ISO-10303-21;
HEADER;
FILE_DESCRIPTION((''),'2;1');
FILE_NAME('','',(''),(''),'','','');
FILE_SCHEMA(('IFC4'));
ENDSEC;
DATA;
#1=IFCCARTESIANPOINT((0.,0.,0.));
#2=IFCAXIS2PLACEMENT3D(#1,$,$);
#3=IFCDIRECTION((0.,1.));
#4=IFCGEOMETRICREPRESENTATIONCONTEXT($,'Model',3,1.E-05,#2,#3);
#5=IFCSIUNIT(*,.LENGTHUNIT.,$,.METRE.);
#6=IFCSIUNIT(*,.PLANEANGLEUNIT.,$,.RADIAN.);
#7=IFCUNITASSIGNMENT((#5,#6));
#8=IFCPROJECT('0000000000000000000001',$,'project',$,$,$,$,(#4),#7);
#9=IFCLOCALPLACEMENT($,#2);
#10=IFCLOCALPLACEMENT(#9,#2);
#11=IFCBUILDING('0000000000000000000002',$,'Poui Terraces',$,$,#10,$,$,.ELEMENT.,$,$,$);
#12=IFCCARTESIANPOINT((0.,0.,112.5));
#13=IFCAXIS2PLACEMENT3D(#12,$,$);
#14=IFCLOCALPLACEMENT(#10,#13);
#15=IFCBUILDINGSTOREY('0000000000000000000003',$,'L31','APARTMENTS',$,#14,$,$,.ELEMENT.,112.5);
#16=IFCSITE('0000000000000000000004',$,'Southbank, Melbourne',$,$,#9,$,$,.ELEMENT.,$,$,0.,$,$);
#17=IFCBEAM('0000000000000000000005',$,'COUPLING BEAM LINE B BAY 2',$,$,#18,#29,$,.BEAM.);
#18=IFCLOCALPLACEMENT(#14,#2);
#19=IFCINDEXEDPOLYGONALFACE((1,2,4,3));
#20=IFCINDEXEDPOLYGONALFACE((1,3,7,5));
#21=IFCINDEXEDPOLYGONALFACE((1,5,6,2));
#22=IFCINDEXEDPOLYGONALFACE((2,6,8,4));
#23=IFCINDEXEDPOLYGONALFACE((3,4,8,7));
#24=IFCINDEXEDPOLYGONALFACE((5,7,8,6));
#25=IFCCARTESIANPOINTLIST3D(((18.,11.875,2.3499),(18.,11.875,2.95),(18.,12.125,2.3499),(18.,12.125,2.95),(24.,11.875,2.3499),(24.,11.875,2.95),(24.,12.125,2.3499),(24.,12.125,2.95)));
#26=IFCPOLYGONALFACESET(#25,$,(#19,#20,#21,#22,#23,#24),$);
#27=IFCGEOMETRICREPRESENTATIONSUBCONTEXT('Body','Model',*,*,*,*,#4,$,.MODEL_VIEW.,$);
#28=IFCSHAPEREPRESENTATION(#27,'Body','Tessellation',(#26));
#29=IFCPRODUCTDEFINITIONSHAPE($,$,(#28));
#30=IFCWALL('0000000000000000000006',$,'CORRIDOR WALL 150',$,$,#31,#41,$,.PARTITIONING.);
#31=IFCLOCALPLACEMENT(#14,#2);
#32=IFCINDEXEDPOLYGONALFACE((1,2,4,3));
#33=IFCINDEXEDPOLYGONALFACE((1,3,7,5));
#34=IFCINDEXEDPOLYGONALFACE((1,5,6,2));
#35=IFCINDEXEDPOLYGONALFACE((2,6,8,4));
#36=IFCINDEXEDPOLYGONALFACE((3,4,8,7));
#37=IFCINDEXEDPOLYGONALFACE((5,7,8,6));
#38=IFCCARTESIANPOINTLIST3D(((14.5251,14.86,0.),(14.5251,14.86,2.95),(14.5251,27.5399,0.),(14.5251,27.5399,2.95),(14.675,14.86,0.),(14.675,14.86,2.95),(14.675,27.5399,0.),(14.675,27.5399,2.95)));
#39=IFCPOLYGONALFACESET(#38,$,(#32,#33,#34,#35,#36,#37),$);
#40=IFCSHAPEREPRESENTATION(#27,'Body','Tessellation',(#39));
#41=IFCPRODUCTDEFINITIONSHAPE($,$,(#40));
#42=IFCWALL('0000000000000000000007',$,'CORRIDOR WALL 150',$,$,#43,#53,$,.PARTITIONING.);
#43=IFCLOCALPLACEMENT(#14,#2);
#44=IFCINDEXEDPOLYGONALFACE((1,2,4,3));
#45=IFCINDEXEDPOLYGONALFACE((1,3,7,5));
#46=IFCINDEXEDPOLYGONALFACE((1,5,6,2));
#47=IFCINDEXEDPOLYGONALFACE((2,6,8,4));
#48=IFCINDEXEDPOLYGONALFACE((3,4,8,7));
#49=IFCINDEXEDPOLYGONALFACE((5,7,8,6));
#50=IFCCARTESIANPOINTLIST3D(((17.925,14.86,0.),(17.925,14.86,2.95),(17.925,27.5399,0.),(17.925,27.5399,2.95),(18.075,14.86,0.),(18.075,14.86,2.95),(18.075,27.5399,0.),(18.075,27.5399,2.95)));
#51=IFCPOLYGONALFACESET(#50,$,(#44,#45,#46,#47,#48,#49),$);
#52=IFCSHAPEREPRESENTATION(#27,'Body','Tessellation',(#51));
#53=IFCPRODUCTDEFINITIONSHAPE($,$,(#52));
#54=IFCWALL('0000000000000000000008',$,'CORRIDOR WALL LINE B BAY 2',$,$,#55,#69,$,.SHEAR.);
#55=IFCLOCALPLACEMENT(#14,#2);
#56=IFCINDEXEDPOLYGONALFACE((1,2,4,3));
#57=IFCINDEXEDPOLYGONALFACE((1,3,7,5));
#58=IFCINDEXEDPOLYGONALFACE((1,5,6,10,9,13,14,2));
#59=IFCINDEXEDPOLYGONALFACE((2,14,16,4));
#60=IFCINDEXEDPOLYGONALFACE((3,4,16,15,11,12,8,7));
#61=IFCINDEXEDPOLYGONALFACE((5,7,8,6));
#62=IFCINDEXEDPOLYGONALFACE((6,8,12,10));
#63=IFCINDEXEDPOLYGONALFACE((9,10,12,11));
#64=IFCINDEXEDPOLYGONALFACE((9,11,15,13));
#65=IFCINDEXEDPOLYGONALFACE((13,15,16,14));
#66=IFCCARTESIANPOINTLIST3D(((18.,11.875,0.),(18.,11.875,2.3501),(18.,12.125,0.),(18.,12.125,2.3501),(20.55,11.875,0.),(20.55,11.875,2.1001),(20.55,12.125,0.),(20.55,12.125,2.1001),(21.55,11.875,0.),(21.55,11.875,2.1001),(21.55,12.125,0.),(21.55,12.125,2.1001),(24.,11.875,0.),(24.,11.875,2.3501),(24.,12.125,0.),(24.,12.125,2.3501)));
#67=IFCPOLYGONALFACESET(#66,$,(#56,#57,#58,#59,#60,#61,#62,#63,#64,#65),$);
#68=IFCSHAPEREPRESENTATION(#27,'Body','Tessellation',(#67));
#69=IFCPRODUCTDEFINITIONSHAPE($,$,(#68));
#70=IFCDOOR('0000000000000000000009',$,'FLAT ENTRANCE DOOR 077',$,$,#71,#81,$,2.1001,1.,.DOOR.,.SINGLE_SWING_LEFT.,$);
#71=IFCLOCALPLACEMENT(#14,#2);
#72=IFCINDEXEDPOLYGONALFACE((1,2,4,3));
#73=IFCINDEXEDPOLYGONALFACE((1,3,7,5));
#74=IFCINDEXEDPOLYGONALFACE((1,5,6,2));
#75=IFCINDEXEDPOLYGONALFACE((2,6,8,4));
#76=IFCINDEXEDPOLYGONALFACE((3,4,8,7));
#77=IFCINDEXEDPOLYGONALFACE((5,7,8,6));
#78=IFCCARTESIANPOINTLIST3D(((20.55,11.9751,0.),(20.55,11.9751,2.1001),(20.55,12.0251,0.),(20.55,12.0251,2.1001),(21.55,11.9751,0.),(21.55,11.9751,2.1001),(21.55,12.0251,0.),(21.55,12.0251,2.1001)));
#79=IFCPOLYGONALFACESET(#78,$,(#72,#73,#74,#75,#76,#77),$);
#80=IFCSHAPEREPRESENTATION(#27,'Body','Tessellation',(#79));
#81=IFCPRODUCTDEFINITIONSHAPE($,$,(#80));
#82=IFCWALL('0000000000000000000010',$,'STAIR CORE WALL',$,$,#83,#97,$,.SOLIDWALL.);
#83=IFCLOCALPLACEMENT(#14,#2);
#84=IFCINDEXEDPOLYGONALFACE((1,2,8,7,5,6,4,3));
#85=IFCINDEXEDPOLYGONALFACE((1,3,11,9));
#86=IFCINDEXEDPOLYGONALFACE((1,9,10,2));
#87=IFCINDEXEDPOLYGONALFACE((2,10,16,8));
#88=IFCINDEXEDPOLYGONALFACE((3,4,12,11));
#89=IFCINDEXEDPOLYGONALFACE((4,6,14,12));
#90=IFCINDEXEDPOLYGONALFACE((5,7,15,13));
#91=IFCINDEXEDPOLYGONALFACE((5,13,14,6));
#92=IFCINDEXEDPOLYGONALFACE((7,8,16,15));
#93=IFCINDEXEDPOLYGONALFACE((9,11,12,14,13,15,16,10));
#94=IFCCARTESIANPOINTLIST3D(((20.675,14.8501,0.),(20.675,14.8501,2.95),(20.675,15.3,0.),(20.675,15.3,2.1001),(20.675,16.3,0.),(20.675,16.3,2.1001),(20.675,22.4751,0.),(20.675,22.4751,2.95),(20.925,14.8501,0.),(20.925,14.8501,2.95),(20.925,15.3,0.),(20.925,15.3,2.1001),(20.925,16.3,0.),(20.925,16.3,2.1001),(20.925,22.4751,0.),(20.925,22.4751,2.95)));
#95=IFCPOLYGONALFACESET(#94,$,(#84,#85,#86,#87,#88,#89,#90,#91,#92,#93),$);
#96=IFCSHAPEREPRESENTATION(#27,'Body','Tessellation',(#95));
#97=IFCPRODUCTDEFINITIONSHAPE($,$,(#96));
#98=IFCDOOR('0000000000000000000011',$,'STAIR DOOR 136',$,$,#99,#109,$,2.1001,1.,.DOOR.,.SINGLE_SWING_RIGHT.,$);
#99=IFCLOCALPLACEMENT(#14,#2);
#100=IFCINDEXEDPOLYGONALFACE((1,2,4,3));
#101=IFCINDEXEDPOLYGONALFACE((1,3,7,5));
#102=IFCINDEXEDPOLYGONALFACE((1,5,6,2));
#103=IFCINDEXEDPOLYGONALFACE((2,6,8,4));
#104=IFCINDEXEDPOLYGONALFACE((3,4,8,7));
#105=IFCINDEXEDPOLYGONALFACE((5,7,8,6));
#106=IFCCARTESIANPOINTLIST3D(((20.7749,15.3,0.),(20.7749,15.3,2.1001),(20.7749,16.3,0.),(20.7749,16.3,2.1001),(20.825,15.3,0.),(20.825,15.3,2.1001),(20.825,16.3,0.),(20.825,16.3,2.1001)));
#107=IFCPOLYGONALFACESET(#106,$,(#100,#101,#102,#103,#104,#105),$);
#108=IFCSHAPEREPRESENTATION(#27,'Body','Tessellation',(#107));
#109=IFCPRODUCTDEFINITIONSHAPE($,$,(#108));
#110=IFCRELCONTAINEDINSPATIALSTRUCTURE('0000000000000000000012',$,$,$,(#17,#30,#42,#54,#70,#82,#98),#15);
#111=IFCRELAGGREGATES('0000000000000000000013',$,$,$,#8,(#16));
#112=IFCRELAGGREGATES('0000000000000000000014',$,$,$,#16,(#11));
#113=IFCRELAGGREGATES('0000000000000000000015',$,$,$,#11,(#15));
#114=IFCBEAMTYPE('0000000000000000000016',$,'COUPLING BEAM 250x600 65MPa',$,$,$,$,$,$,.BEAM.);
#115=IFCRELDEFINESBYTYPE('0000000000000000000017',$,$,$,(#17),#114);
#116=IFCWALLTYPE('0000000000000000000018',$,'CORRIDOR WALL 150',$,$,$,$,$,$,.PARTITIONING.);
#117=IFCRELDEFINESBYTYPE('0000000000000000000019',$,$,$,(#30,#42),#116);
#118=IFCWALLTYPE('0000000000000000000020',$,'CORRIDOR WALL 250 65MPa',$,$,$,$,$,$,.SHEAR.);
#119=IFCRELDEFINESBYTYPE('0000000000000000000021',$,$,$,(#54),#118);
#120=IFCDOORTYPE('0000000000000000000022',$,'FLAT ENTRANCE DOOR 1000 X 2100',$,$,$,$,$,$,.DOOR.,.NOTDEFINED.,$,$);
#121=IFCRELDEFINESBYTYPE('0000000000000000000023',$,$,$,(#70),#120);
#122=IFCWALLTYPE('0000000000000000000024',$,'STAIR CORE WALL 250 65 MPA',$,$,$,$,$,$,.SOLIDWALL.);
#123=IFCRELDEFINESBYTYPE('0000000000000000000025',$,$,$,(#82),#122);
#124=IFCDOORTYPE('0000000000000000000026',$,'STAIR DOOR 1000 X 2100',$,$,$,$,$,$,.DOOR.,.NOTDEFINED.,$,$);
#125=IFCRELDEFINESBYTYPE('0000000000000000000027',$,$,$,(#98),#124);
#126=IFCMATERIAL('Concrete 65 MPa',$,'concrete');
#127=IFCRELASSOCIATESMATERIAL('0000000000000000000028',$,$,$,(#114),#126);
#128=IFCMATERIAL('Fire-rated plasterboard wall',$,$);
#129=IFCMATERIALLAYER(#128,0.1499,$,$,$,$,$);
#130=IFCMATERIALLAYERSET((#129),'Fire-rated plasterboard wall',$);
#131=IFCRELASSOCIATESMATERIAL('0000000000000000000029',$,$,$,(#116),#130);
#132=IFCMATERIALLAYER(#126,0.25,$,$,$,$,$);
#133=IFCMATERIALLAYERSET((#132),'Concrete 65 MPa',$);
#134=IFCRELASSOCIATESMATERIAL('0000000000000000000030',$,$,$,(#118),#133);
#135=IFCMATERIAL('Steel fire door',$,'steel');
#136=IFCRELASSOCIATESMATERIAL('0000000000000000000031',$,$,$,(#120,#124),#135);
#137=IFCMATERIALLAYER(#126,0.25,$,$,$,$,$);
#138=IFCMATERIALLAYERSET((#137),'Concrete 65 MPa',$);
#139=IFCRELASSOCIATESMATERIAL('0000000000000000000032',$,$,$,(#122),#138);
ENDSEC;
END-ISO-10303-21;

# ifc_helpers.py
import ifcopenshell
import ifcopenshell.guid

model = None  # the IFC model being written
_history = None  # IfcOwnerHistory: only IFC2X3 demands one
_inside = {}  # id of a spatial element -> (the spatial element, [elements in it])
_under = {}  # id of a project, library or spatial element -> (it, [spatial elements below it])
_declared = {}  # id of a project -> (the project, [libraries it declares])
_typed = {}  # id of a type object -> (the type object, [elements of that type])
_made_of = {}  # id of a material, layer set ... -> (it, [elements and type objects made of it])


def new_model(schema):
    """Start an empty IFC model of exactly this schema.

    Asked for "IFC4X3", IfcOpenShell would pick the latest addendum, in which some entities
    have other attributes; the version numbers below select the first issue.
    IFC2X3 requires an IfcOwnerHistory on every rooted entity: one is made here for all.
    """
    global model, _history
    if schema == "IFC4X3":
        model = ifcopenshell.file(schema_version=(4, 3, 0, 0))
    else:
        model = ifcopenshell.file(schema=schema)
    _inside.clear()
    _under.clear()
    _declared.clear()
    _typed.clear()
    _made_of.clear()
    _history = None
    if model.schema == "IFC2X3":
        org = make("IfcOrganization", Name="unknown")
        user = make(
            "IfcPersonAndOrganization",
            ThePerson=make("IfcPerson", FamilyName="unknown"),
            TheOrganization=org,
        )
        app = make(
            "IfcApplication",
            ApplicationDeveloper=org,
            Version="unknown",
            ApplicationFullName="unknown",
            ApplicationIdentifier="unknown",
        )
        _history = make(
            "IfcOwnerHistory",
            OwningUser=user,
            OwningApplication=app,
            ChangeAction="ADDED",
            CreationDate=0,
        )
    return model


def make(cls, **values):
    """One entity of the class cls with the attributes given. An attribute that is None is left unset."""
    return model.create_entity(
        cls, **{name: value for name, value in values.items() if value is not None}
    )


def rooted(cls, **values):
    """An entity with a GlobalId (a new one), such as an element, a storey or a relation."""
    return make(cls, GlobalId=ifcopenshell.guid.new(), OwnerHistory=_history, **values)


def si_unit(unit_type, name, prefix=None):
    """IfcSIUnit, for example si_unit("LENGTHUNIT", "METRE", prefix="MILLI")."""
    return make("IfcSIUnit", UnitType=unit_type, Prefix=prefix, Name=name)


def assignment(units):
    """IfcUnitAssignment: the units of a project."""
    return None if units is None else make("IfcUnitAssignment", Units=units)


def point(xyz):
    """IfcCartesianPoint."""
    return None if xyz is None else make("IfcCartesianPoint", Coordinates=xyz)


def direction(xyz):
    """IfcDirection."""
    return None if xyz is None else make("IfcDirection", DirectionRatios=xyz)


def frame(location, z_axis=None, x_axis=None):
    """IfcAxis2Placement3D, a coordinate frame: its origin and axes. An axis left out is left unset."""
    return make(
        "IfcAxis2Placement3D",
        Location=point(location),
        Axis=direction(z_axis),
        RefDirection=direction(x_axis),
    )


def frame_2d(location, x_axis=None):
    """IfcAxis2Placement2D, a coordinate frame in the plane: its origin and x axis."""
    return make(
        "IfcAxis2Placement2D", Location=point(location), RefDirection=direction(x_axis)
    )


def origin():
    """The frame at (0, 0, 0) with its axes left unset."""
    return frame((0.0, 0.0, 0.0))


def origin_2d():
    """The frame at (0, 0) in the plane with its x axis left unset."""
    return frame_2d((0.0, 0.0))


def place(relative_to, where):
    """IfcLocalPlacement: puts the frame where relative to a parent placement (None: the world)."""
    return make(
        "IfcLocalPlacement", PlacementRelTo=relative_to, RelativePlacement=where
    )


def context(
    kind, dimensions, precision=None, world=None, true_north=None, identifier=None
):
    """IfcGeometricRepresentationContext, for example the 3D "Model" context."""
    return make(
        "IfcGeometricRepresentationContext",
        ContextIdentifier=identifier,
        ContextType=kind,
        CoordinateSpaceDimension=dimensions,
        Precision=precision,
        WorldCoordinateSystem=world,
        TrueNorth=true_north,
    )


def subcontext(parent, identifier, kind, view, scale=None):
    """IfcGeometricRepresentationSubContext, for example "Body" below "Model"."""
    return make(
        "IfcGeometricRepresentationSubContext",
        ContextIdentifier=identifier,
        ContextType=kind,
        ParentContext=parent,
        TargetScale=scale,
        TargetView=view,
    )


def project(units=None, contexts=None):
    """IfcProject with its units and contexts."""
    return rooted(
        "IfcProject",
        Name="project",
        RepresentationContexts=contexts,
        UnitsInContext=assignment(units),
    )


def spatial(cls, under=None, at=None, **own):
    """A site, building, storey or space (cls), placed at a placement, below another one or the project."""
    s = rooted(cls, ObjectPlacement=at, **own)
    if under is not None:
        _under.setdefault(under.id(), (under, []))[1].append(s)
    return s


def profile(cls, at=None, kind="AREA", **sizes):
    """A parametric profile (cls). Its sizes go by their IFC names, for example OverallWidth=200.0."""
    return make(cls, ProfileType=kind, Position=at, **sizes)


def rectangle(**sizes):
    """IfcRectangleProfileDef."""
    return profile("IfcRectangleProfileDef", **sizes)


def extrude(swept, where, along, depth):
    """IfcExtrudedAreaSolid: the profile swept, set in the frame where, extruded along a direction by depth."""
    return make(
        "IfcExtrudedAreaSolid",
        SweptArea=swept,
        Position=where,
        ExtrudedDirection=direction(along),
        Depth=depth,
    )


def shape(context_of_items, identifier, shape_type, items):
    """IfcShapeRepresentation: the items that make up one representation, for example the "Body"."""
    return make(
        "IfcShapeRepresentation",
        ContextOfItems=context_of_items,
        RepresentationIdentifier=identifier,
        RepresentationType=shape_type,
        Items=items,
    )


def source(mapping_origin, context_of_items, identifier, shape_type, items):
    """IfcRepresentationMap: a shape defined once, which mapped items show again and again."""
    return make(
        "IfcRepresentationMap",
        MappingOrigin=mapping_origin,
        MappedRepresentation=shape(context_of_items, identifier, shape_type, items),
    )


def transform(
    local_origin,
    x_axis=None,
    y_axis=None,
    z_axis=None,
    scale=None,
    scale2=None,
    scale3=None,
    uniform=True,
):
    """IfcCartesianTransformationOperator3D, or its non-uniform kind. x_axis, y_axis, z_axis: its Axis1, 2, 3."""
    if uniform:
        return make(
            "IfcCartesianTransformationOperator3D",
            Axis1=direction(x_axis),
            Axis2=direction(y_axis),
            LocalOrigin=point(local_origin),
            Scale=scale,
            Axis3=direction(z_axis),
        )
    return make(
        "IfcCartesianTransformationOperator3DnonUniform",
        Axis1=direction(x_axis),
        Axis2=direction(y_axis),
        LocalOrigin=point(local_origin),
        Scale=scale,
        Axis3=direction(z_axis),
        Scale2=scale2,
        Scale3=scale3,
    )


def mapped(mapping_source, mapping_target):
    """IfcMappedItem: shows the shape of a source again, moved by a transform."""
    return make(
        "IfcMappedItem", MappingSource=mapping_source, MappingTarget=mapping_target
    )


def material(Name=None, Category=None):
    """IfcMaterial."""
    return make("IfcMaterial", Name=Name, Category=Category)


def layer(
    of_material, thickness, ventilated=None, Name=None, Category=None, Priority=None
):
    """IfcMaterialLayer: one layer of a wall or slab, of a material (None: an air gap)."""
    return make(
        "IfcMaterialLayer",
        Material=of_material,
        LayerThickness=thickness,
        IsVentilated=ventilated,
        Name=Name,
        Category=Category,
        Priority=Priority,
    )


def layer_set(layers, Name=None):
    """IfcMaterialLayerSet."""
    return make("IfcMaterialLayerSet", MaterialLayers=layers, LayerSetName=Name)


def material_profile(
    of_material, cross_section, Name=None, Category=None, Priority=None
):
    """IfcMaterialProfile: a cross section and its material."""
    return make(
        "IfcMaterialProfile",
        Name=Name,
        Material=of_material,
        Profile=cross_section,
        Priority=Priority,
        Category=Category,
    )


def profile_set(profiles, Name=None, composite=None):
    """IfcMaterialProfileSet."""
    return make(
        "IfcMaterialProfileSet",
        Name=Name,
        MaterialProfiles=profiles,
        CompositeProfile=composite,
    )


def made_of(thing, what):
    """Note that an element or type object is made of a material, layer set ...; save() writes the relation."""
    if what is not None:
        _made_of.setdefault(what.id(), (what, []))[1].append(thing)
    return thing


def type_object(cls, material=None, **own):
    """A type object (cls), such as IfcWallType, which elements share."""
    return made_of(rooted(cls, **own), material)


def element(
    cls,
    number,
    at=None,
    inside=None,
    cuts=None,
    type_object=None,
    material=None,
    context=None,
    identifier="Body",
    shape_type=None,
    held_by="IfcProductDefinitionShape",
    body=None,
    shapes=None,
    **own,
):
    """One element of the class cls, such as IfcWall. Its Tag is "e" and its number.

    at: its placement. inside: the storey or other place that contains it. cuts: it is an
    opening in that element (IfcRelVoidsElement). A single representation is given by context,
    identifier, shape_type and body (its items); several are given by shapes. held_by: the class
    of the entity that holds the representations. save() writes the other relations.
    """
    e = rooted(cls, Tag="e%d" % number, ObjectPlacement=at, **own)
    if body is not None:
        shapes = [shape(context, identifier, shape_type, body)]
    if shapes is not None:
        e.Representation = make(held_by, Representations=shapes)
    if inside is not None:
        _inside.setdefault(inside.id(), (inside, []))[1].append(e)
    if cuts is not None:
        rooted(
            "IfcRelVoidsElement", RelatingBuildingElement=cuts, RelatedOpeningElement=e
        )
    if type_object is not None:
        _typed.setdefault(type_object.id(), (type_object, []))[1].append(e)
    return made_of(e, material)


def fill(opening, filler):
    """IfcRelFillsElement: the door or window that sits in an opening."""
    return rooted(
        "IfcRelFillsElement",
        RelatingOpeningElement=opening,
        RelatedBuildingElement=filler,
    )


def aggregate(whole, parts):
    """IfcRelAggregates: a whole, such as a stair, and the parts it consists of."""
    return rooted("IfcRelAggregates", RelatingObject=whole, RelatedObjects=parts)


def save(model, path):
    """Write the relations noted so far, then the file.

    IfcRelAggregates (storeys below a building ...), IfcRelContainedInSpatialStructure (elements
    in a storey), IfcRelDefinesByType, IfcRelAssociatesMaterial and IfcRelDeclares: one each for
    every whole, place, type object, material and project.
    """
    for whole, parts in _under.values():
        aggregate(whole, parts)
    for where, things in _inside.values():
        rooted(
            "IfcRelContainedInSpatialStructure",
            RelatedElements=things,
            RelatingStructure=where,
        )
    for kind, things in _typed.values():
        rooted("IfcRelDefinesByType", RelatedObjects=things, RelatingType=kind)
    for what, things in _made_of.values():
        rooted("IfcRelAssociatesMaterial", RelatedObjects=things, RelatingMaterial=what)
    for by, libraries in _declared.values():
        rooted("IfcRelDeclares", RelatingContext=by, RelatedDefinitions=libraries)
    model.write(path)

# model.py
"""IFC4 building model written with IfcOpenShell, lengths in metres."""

from ifc_helpers import new_model, si_unit, direction, frame, frame_2d, origin, origin_2d, place, context, subcontext, project, spatial, rectangle, extrude, source, transform, mapped, material, layer, layer_set, material_profile, profile_set, type_object, element, fill, save


model = new_model("IFC4")

# Units and contexts
model_context = context("Model", 3, precision=1e-05, world=origin(), true_north=direction((0.0, 1.0)))
body_context = subcontext(model_context, "Body", "Model", "MODEL_VIEW")
ifc_project = project(units=[si_unit("LENGTHUNIT", "METRE"), si_unit("PLANEANGLEUNIT", "RADIAN")], contexts=[model_context])

# Site, building, storey
site_placement = place(None, origin())
site = spatial("IfcSite", under=ifc_project, at=site_placement, Name="Southbank, Melbourne", CompositionType="ELEMENT", RefElevation=0.0)
building_placement = place(site_placement, origin())
building = spatial("IfcBuilding", under=site, at=building_placement, Name="Poui Terraces", CompositionType="ELEMENT")
storey_placement = place(building_placement, frame((0.0, 0.0, 112.5)))
storey = spatial("IfcBuildingStorey", under=building, at=storey_placement, Name="L31", Description="APARTMENTS", CompositionType="ELEMENT", Elevation=112.5)

# Beam
ifc_material_1 = material(Name="Concrete 65 MPa", Category="concrete")
ifc_material_profile = material_profile(ifc_material_1, rectangle(XDim=0.25, YDim=0.6001, at=origin_2d()), Name="RC 250x600")
ifc_profile_set = profile_set([ifc_material_profile], Name="Concrete 65 MPa")
beam_type = type_object("IfcBeamType", Name="COUPLING BEAM 250x600 65MPa", PredefinedType="BEAM", material=ifc_profile_set)
shared_shape = source(origin(), body_context, "Body", "SweptSolid", [
    extrude(rectangle(XDim=0.25, YDim=0.6001, at=origin_2d()), origin(), (0.0, 0.0, 1.0), 6.0),
])
beam_placement = place(storey_placement, frame((18.0, 12.0, 2.6499), z_axis=(1.0, 0.0, 0.0), x_axis=(0.0, 1.0, 0.0)))
element("IfcBeam", 1, at=beam_placement, inside=storey, type_object=beam_type, Name="COUPLING BEAM LINE B BAY 2", PredefinedType="BEAM", context=body_context, shape_type="MappedRepresentation", body=[
    mapped(shared_shape, transform((0.0, 0.0, 0.0))),
])

# Walls
ifc_material_2 = material(Name="Fire-rated plasterboard wall")
ifc_layer_1 = layer(ifc_material_2, 0.1499)
ifc_layer_set_1 = layer_set([ifc_layer_1], Name="Fire-rated plasterboard wall")
wall_type_1 = type_object("IfcWallType", Name="CORRIDOR WALL 150", PredefinedType="PARTITIONING", material=ifc_layer_set_1)
for number, where, z_axis, x_axis, name in (
    (2, (14.6001, 14.8601, 0.0), (0.0, 0.0, 1.0), (0.0, 1.0, 0.0), "CORRIDOR WALL 150"),
    (3, (18.0, 14.8601, 0.0), (0.0, 0.0, 1.0), (0.0, 1.0, 0.0), "CORRIDOR WALL 150"),
):
    element("IfcWall", number, at=place(storey_placement, frame(where, z_axis=z_axis, x_axis=x_axis)), inside=storey, type_object=wall_type_1, Name=name, PredefinedType="PARTITIONING", context=body_context, shape_type="SweptSolid", body=[
        extrude(rectangle(XDim=12.6799, YDim=0.1499, at=frame_2d((6.3398, 0.0))), origin(), (0.0, 0.0, 1.0), 2.95),
    ])

# Wall, opening, door
ifc_layer_2 = layer(ifc_material_1, 0.25)
ifc_layer_set_2 = layer_set([ifc_layer_2], Name="Concrete 65 MPa")
wall_type_2 = type_object("IfcWallType", Name="CORRIDOR WALL 250 65MPa", PredefinedType="SHEAR", material=ifc_layer_set_2)
wall_1_placement = place(storey_placement, frame((18.0, 12.0, 0.0), z_axis=(0.0, 0.0, 1.0), x_axis=(1.0, 0.0, 0.0)))
wall_1 = element("IfcWall", 4, at=wall_1_placement, inside=storey, type_object=wall_type_2, Name="CORRIDOR WALL LINE B BAY 2", PredefinedType="SHEAR", context=body_context, shape_type="SweptSolid", body=[
    extrude(rectangle(XDim=6.0, YDim=0.25, at=frame_2d((3.0, 0.0))), origin(), (0.0, 0.0, 1.0), 2.3501),
])
opening_1_placement = place(wall_1_placement, frame((2.55, 0.0, 0.0)))
opening_1 = element("IfcOpeningElement", 5, at=opening_1_placement, cuts=wall_1, PredefinedType="OPENING", context=body_context, shape_type="SweptSolid", body=[
    extrude(rectangle(XDim=1.0, YDim=2.1001, at=frame_2d((0.5, 1.05))), frame((0.0, 0.135, 0.0), z_axis=(0.0, -1.0, 0.0), x_axis=(1.0, 0.0, 0.0)), (0.0, 0.0, 1.0), 0.27),
])
ifc_material_3 = material(Name="Steel fire door", Category="steel")
door_type_1 = type_object("IfcDoorType", Name="FLAT ENTRANCE DOOR 1000 X 2100", OperationType="NOTDEFINED", PredefinedType="DOOR", material=ifc_material_3)
door_1_placement = place(opening_1_placement, frame((1.0, 0.0, 0.0), z_axis=(0.0, 0.0, 1.0), x_axis=(-1.0, 0.0, 0.0)))
door_1 = element("IfcDoor", 6, at=door_1_placement, inside=storey, type_object=door_type_1, Name="FLAT ENTRANCE DOOR 077", OperationType="SINGLE_SWING_LEFT", OverallHeight=2.1001, OverallWidth=1.0, PredefinedType="DOOR", context=body_context, shape_type="SweptSolid", body=[
    extrude(rectangle(XDim=1.0, YDim=2.1001, at=frame_2d((0.5, 1.05))), frame((0.0, 0.0249, 0.0), z_axis=(0.0, -1.0, 0.0), x_axis=(1.0, 0.0, 0.0)), (0.0, 0.0, 1.0), 0.05),
])
fill(opening_1, door_1)

# Shared definitions
door_type_2 = type_object("IfcDoorType", Name="STAIR DOOR 1000 X 2100", OperationType="NOTDEFINED", PredefinedType="DOOR", material=ifc_material_3)

# Wall, opening, door
ifc_layer_3 = layer(ifc_material_1, 0.25)
ifc_layer_set_3 = layer_set([ifc_layer_3], Name="Concrete 65 MPa")
wall_type_3 = type_object("IfcWallType", Name="STAIR CORE WALL 250 65 MPA", PredefinedType="SOLIDWALL", material=ifc_layer_set_3)
wall_2_placement = place(storey_placement, frame((20.8, 14.8501, 0.0), z_axis=(0.0, 0.0, 1.0), x_axis=(0.0, 1.0, 0.0)))
wall_2 = element("IfcWall", 7, at=wall_2_placement, inside=storey, type_object=wall_type_3, Name="STAIR CORE WALL", PredefinedType="SOLIDWALL", context=body_context, shape_type="SweptSolid", body=[
    extrude(rectangle(XDim=7.625, YDim=0.25, at=frame_2d((3.8125, 0.0))), origin(), (0.0, 0.0, 1.0), 2.95),
])
opening_2_placement = place(wall_2_placement, frame((0.45, 0.0, 0.0)))
opening_2 = element("IfcOpeningElement", 8, at=opening_2_placement, cuts=wall_2, PredefinedType="OPENING", context=body_context, shape_type="SweptSolid", body=[
    extrude(rectangle(XDim=1.0, YDim=2.1001, at=frame_2d((0.5, 1.05))), frame((0.0, 0.135, 0.0), z_axis=(0.0, -1.0, 0.0), x_axis=(1.0, 0.0, 0.0)), (0.0, 0.0, 1.0), 0.27),
])
door_2_placement = place(opening_2_placement, frame((1.0, 0.0, 0.0), z_axis=(0.0, 0.0, 1.0), x_axis=(-1.0, 0.0, 0.0)))
door_2 = element("IfcDoor", 9, at=door_2_placement, inside=storey, type_object=door_type_2, Name="STAIR DOOR 136", OperationType="SINGLE_SWING_RIGHT", OverallHeight=2.1001, OverallWidth=1.0, PredefinedType="DOOR", context=body_context, shape_type="SweptSolid", body=[
    extrude(rectangle(XDim=1.0, YDim=2.1001, at=frame_2d((0.5, 1.05))), frame((0.0, 0.0249, 0.0), z_axis=(0.0, -1.0, 0.0), x_axis=(1.0, 0.0, 0.0)), (0.0, 0.0, 1.0), 0.05),
])
fill(opening_2, door_2)

save(model, "model.ifc")
